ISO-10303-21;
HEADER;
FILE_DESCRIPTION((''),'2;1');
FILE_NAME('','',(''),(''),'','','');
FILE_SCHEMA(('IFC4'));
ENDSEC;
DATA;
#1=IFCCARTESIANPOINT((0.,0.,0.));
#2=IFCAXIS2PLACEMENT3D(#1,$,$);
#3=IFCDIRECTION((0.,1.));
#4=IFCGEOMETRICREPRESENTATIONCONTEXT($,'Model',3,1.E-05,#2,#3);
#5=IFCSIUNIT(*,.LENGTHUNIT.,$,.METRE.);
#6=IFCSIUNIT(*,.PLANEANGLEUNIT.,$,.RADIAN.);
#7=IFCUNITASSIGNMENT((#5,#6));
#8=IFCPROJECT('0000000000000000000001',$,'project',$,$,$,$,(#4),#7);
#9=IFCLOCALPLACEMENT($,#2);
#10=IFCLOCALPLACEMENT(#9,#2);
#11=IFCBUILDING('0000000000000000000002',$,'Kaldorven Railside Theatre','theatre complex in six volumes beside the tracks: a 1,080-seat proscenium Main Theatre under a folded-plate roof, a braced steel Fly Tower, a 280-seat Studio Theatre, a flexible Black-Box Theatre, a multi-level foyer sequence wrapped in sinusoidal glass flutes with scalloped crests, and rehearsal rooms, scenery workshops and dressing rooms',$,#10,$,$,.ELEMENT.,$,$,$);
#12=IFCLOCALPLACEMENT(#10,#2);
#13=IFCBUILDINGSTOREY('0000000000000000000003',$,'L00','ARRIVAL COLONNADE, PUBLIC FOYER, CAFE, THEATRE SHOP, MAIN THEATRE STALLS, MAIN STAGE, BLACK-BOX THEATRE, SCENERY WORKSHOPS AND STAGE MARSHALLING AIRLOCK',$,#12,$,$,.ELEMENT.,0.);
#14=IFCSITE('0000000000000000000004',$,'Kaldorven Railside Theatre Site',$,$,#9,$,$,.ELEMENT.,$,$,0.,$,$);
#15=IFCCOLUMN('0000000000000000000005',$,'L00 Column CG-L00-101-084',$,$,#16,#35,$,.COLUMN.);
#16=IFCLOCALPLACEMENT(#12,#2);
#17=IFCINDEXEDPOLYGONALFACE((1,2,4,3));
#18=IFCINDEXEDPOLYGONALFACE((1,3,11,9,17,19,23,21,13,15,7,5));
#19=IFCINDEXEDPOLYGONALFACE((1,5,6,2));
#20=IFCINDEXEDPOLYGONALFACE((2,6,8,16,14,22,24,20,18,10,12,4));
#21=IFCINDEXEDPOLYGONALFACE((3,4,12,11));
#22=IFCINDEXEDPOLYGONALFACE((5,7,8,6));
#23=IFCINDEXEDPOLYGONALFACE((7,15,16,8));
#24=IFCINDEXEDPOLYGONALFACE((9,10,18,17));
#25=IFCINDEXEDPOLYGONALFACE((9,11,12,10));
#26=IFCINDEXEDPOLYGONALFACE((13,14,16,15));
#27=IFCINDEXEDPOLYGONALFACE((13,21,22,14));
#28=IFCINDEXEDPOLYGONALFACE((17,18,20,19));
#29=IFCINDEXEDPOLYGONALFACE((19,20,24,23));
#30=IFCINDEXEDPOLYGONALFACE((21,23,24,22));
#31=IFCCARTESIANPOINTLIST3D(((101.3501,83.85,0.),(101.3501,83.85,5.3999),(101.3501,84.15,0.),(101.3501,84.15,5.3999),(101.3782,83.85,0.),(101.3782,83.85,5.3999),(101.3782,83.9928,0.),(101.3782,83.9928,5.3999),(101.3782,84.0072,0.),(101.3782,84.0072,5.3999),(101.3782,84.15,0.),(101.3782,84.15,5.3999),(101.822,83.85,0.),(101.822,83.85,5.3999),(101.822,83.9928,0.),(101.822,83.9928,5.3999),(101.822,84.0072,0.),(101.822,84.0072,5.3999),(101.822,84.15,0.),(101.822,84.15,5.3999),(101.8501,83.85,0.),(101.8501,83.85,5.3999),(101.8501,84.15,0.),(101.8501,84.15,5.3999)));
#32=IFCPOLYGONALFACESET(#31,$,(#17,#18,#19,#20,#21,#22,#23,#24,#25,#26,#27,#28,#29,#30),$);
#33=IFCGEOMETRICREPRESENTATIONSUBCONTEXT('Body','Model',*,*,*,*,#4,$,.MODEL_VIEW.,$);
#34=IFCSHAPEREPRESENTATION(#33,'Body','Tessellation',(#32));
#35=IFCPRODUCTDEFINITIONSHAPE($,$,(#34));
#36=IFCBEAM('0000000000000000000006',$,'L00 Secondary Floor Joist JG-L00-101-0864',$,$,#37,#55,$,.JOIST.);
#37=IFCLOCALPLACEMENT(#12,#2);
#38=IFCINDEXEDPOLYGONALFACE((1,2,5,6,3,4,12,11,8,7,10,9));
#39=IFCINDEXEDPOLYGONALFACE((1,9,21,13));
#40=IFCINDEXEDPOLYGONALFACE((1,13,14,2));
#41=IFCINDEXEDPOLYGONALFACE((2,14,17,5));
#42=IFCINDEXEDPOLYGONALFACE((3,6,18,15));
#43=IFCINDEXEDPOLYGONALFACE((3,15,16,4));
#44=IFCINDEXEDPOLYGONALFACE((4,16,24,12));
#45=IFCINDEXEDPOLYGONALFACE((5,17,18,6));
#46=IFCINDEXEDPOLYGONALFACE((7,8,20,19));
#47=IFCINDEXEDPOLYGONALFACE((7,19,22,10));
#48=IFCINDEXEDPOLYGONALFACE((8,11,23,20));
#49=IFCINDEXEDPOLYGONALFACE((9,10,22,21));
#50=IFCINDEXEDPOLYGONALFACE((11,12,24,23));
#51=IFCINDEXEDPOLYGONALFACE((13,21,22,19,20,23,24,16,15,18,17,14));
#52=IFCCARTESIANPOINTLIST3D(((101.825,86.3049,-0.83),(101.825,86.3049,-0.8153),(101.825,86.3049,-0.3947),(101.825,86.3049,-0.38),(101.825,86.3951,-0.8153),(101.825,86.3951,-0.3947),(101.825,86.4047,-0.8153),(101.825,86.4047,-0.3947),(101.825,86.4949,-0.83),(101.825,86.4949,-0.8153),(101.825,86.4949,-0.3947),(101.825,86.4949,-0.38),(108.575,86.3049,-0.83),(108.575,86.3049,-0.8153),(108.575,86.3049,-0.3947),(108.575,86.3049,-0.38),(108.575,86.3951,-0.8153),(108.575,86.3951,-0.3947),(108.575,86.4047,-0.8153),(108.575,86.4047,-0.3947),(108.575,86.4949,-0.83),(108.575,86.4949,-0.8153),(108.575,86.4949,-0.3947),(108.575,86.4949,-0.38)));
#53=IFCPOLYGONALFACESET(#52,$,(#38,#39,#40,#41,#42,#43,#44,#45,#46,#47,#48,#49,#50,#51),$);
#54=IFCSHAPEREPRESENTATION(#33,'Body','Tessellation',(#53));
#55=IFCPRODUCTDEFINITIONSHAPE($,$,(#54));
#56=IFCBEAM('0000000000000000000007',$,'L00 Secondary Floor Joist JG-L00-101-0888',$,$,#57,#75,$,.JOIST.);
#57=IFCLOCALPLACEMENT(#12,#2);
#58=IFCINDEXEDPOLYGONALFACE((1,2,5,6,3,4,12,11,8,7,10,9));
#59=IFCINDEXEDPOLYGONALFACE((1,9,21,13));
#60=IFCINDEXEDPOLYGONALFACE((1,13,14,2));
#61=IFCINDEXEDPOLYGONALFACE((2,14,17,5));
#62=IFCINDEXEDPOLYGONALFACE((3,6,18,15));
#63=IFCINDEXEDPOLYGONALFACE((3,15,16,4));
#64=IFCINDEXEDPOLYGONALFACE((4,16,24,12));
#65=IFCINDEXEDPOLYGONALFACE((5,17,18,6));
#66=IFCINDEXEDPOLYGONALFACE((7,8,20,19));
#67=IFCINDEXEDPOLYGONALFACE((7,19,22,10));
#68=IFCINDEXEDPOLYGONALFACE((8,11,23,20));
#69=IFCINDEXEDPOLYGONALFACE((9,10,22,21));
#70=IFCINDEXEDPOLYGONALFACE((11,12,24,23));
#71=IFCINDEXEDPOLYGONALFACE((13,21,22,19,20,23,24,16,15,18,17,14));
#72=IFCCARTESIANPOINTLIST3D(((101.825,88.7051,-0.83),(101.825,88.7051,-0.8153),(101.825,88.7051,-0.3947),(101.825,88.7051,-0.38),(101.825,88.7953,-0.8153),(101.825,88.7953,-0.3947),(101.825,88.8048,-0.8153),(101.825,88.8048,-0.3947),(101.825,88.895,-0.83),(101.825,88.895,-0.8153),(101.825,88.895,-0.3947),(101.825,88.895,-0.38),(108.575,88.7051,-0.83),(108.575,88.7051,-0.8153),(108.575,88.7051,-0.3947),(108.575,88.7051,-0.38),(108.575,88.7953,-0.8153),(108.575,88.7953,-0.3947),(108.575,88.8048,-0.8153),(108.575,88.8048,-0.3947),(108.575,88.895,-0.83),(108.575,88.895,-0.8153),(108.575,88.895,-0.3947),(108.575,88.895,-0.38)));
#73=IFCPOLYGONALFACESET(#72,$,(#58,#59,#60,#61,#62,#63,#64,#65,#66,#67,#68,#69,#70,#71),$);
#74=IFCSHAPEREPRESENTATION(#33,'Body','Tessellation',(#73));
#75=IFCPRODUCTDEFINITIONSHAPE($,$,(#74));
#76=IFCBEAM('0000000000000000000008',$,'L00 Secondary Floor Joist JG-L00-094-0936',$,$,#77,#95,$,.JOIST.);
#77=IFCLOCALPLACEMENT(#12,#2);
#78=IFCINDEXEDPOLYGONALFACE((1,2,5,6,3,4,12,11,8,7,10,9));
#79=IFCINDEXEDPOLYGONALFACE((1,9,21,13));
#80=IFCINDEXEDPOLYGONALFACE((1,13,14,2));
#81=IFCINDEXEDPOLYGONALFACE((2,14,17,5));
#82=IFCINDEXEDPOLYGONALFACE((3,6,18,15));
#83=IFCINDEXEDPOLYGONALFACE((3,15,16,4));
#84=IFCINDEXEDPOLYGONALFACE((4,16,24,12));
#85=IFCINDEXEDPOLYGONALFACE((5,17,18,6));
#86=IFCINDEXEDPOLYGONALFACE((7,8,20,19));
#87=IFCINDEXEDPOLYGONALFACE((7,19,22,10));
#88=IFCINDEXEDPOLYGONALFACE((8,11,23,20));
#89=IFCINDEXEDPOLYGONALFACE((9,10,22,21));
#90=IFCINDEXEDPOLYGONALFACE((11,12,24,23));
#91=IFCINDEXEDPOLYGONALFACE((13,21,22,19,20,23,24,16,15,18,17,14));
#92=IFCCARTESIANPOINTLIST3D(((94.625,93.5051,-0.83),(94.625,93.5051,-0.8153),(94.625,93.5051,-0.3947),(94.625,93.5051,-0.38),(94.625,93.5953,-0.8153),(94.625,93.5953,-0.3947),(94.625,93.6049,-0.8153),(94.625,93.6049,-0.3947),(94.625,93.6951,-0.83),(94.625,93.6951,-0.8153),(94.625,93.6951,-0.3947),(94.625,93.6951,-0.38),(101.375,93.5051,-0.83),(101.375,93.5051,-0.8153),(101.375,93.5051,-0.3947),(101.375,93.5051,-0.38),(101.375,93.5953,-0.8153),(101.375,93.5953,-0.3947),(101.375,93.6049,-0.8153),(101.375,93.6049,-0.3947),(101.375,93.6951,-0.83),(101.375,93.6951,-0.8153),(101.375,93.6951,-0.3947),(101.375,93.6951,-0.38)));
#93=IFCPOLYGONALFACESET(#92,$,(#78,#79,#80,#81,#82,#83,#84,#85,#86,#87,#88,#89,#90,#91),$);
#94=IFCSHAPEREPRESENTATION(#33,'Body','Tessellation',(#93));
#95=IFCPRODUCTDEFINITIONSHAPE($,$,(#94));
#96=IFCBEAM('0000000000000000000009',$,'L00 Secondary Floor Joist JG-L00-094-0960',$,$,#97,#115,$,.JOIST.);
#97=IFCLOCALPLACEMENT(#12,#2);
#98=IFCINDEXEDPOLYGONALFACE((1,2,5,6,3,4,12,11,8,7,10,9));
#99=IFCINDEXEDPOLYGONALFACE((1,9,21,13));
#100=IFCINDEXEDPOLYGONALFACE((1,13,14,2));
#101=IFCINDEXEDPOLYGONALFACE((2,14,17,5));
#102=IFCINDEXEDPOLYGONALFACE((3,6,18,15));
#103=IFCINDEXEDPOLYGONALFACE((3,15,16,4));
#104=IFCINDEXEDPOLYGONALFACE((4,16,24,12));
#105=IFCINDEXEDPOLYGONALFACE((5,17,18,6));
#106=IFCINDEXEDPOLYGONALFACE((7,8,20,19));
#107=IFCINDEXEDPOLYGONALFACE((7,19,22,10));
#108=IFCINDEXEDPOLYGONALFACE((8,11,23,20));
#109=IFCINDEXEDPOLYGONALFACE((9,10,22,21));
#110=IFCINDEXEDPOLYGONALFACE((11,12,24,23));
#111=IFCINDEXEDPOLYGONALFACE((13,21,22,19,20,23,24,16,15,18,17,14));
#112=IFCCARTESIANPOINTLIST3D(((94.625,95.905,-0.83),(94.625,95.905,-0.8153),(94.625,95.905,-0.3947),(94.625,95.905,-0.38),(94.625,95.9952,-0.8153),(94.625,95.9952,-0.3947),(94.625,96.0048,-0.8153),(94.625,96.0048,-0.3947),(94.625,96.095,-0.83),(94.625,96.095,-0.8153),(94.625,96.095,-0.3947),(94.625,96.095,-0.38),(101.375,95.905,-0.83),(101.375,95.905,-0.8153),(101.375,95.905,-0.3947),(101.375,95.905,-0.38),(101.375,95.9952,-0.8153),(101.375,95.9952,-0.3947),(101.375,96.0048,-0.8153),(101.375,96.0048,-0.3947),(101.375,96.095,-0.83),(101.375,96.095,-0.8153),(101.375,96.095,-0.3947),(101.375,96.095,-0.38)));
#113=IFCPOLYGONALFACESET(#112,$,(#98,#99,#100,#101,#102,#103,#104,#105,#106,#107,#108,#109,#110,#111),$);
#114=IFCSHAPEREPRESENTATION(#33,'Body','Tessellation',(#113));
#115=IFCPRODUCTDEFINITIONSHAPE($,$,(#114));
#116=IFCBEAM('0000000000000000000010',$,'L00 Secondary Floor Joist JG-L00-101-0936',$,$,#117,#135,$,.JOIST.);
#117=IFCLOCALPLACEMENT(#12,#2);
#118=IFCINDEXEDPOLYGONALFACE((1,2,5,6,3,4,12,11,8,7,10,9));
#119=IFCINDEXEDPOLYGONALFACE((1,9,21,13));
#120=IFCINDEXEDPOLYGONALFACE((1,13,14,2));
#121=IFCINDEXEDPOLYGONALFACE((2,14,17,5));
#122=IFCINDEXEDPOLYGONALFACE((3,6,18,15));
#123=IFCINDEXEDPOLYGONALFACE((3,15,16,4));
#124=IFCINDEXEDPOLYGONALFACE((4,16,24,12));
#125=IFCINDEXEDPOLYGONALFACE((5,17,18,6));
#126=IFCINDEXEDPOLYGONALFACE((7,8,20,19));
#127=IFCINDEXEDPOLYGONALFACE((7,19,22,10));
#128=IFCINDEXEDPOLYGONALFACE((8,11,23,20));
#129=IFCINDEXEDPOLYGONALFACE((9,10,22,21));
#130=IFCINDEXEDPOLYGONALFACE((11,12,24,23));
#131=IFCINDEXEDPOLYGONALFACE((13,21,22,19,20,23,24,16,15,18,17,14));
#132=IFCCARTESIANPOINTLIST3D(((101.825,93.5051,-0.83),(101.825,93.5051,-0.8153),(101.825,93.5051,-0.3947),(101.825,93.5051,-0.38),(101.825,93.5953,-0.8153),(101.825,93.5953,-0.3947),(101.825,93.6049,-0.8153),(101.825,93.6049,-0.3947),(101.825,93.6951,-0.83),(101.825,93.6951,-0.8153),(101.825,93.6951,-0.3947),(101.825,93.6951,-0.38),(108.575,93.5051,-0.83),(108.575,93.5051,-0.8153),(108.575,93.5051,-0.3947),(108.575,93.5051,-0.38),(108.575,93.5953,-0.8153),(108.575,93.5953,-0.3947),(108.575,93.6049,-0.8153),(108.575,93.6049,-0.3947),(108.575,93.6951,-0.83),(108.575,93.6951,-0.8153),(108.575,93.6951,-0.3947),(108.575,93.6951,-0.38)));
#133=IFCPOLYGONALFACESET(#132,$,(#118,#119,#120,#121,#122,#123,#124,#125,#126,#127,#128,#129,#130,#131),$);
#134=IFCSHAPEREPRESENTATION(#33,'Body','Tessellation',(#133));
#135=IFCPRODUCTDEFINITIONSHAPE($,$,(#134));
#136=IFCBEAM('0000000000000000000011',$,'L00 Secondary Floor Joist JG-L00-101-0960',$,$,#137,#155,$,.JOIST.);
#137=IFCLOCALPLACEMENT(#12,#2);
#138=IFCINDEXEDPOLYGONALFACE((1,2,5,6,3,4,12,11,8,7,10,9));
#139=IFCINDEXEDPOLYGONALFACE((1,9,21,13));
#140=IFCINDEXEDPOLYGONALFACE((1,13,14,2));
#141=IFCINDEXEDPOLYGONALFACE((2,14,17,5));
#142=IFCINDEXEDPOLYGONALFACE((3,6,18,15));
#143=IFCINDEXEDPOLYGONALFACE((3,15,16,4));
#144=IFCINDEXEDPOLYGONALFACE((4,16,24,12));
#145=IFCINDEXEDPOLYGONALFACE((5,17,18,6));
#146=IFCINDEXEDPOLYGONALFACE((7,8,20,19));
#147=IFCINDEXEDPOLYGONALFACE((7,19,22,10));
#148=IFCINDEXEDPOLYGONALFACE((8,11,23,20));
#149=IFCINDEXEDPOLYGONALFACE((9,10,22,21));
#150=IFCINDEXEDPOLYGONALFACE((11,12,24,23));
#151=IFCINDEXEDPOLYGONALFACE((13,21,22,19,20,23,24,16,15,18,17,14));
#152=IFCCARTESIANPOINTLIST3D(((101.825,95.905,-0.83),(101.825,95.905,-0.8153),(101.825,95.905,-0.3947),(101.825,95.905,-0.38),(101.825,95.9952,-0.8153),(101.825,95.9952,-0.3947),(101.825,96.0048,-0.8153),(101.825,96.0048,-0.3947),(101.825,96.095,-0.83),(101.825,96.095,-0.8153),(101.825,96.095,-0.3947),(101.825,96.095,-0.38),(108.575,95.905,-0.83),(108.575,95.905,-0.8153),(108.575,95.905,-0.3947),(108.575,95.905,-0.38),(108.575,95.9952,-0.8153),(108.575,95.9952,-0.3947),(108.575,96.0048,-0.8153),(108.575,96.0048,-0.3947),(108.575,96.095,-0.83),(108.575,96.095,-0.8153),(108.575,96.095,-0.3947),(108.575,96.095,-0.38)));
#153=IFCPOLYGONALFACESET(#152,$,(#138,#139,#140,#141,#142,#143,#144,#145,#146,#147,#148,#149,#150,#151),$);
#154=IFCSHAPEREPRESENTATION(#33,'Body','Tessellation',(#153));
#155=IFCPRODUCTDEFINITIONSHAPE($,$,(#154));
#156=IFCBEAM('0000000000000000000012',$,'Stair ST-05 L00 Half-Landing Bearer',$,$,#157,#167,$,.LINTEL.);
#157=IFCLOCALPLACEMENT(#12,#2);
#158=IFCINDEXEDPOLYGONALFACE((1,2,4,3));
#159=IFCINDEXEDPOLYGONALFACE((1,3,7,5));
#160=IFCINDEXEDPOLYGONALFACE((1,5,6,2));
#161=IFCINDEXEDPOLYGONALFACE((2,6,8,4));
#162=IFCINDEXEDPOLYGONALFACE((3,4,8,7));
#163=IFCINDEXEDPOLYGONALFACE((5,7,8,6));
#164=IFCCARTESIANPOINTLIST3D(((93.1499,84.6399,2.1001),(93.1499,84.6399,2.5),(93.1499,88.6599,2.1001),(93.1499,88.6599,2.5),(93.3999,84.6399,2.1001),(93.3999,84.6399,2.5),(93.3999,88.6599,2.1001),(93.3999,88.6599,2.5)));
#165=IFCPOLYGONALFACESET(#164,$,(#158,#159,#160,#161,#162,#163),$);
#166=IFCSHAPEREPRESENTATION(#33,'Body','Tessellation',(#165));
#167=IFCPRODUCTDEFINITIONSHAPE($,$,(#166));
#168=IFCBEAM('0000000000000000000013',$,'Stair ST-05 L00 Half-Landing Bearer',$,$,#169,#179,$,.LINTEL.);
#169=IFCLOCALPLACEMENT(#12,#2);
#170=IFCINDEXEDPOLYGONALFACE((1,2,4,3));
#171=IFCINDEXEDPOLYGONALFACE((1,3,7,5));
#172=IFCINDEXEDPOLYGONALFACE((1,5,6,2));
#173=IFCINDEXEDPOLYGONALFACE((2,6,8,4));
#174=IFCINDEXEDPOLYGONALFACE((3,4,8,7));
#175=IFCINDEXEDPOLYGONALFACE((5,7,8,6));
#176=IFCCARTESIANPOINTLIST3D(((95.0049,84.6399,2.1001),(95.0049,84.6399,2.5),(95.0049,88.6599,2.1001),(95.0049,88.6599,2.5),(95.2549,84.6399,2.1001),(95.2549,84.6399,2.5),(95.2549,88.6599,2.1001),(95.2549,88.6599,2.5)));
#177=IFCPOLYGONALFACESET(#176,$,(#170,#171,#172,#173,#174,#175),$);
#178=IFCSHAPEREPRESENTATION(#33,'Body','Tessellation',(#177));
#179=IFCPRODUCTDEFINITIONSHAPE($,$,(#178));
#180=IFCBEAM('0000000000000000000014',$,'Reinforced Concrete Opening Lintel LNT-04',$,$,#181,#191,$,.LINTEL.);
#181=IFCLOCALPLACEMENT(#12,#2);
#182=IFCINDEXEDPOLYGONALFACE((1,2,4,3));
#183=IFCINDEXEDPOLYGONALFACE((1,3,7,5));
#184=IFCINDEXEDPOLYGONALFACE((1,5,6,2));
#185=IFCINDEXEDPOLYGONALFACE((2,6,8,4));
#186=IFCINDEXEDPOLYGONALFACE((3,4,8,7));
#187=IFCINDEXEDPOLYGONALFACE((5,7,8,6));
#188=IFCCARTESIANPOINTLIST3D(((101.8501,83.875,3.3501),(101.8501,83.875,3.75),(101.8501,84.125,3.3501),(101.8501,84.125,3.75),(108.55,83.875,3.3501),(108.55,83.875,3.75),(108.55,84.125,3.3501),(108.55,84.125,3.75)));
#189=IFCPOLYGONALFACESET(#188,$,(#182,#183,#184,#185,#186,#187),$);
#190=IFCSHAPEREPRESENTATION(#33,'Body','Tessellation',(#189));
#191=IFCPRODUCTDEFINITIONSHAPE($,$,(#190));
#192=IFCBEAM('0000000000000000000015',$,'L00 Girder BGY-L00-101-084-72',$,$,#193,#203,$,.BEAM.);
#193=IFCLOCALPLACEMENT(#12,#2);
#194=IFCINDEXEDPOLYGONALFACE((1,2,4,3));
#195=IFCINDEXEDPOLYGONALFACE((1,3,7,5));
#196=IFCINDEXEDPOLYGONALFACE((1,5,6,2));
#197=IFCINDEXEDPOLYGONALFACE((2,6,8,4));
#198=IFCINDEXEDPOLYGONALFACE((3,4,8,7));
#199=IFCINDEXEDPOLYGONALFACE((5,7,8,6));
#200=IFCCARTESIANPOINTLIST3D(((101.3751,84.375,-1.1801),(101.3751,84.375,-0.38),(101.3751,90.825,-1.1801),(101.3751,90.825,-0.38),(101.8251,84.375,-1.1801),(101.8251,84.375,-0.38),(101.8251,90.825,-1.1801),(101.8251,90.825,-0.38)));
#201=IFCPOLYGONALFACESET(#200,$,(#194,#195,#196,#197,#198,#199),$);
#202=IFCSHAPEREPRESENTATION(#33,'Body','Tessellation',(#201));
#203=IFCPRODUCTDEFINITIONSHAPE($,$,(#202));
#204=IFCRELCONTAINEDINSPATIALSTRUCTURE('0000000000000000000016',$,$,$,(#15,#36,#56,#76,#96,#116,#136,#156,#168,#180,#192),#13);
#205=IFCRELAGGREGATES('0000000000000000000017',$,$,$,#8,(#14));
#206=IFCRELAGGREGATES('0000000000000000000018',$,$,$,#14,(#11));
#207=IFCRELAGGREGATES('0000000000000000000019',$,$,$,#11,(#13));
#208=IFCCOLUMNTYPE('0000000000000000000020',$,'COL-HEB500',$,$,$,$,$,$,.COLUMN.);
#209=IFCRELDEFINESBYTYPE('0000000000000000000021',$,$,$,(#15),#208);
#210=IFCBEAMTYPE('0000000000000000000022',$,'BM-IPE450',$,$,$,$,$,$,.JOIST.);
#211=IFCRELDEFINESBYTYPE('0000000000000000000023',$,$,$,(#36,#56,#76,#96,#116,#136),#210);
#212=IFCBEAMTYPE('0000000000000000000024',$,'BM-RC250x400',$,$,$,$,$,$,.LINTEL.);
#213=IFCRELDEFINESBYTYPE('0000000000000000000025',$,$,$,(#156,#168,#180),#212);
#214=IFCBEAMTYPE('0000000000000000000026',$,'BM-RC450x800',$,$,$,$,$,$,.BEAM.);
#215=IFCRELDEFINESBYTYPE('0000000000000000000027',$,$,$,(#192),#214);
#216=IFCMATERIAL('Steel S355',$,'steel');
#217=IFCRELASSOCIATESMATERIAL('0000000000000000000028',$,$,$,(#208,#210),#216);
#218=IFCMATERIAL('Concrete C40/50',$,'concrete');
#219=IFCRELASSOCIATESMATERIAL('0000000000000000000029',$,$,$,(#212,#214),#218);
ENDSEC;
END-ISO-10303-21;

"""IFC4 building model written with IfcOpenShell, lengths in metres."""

from ifc_helpers import new_model, si_unit, direction, frame, origin, origin_2d, place, context, subcontext, project, spatial, rectangle, i_section, extrude, material, material_profile, profile_set, type_object, element, save


model = new_model("IFC4")

# Units and contexts
model_context = context("Model", 3, precision=1e-05, world=origin(), true_north=direction((0.0, 1.0)))
body_context = subcontext(model_context, "Body", "Model", "MODEL_VIEW")
ifc_project = project(units=[si_unit("LENGTHUNIT", "METRE"), si_unit("PLANEANGLEUNIT", "RADIAN")], contexts=[model_context])

# Site, building, storey
site_placement = place(None, origin())
site = spatial("IfcSite", under=ifc_project, at=site_placement, Name="Kaldorven Railside Theatre Site", CompositionType="ELEMENT", RefElevation=0.0)
building_placement = place(site_placement, origin())
building = spatial("IfcBuilding", under=site, at=building_placement, Name="Kaldorven Railside Theatre", Description="theatre complex in six volumes beside the tracks: a 1,080-seat proscenium Main Theatre under a folded-plate roof, a braced steel Fly Tower, a 280-seat Studio Theatre, a flexible Black-Box Theatre, a multi-level foyer sequence wrapped in sinusoidal glass flutes with scalloped crests, and rehearsal rooms, scenery workshops and dressing rooms", CompositionType="ELEMENT")
storey_placement = place(building_placement, origin())
storey = spatial("IfcBuildingStorey", under=building, at=storey_placement, Name="L00", Description="ARRIVAL COLONNADE, PUBLIC FOYER, CAFE, THEATRE SHOP, MAIN THEATRE STALLS, MAIN STAGE, BLACK-BOX THEATRE, SCENERY WORKSHOPS AND STAGE MARSHALLING AIRLOCK", CompositionType="ELEMENT", Elevation=0.0)

# Column
ifc_material_1 = material(Name="Steel S355", Category="steel")
ifc_material_profile_1 = material_profile(ifc_material_1, i_section(OverallWidth=0.3, OverallDepth=0.5, WebThickness=0.0144, FlangeThickness=0.0281, at=origin_2d()), Name="HEB 500")
ifc_profile_set_1 = profile_set([ifc_material_profile_1], Name="Steel S355")
column_type = type_object("IfcColumnType", Name="COL-HEB500", PredefinedType="COLUMN", material=ifc_profile_set_1)
column_placement = place(storey_placement, frame((101.6001, 84.0, 0.0), z_axis=(0.0, 0.0, 1.0), x_axis=(0.0, 1.0, 0.0)))
element("IfcColumn", 1, at=column_placement, inside=storey, type_object=column_type, Name="L00 Column CG-L00-101-084", PredefinedType="COLUMN", context=body_context, shape_type="SweptSolid", body=[
    extrude(i_section(OverallWidth=0.3, OverallDepth=0.5, WebThickness=0.0144, FlangeThickness=0.0281, at=origin_2d()), origin(), (0.0, 0.0, 1.0), 5.3999),
])

# Beams
ifc_material_profile_2 = material_profile(ifc_material_1, i_section(OverallWidth=0.1899, OverallDepth=0.45, WebThickness=0.0095, FlangeThickness=0.0146, at=origin_2d()), Name="IPE 450")
ifc_profile_set_2 = profile_set([ifc_material_profile_2], Name="Steel S355")
beam_type_1 = type_object("IfcBeamType", Name="BM-IPE450", PredefinedType="JOIST", material=ifc_profile_set_2)
for number, where, z_axis, x_axis, name in (
    (2, (101.825, 86.3999, -0.605), (1.0, 0.0, 0.0), (0.0, 1.0, 0.0), "L00 Secondary Floor Joist JG-L00-101-0864"),
    (3, (101.825, 88.8, -0.605), (1.0, 0.0, 0.0), (0.0, 1.0, 0.0), "L00 Secondary Floor Joist JG-L00-101-0888"),
    (4, (94.625, 93.6001, -0.605), (1.0, 0.0, 0.0), (0.0, 1.0, 0.0), "L00 Secondary Floor Joist JG-L00-094-0936"),
    (5, (94.625, 96.0, -0.605), (1.0, 0.0, 0.0), (0.0, 1.0, 0.0), "L00 Secondary Floor Joist JG-L00-094-0960"),
    (6, (101.825, 93.6001, -0.605), (1.0, 0.0, 0.0), (0.0, 1.0, 0.0), "L00 Secondary Floor Joist JG-L00-101-0936"),
    (7, (101.825, 96.0, -0.605), (1.0, 0.0, 0.0), (0.0, 1.0, 0.0), "L00 Secondary Floor Joist JG-L00-101-0960"),
):
    element("IfcBeam", number, at=place(storey_placement, frame(where, z_axis=z_axis, x_axis=x_axis)), inside=storey, type_object=beam_type_1, Name=name, PredefinedType="JOIST", context=body_context, shape_type="SweptSolid", body=[
        extrude(i_section(OverallWidth=0.1899, OverallDepth=0.45, WebThickness=0.0095, FlangeThickness=0.0146, at=origin_2d()), origin(), (0.0, 0.0, 1.0), 6.75),
    ])
ifc_material_2 = material(Name="Concrete C40/50", Category="concrete")
ifc_material_profile_3 = material_profile(ifc_material_2, rectangle(XDim=0.25, YDim=0.3999, at=origin_2d()), Name="RC 250x400")
ifc_profile_set_3 = profile_set([ifc_material_profile_3], Name="Concrete C40/50")
beam_type_2 = type_object("IfcBeamType", Name="BM-RC250x400", PredefinedType="LINTEL", material=ifc_profile_set_3)
for number, where, z_axis, x_axis, name in (
    (8, (93.2749, 84.6399, 2.3), (0.0, 1.0, 0.0), (-1.0, 0.0, 0.0), "Stair ST-05 L00 Half-Landing Bearer"),
    (9, (95.1299, 84.6399, 2.3), (0.0, 1.0, 0.0), (-1.0, 0.0, 0.0), "Stair ST-05 L00 Half-Landing Bearer"),
):
    element("IfcBeam", number, at=place(storey_placement, frame(where, z_axis=z_axis, x_axis=x_axis)), inside=storey, type_object=beam_type_2, Name=name, PredefinedType="LINTEL", context=body_context, shape_type="SweptSolid", body=[
        extrude(rectangle(XDim=0.25, YDim=0.3999, at=origin_2d()), origin(), (0.0, 0.0, 1.0), 4.02),
    ])
beam_1_placement = place(storey_placement, frame((101.8501, 84.0, 3.55), z_axis=(1.0, 0.0, 0.0), x_axis=(0.0, 1.0, 0.0)))
element("IfcBeam", 10, at=beam_1_placement, inside=storey, type_object=beam_type_2, Name="Reinforced Concrete Opening Lintel LNT-04", PredefinedType="LINTEL", context=body_context, shape_type="SweptSolid", body=[
    extrude(rectangle(XDim=0.25, YDim=0.3999, at=origin_2d()), origin(), (0.0, 0.0, 1.0), 6.7),
])
ifc_material_profile_4 = material_profile(ifc_material_2, rectangle(XDim=0.45, YDim=0.8, at=origin_2d()), Name="RC 450x800")
ifc_profile_set_4 = profile_set([ifc_material_profile_4], Name="Concrete C40/50")
beam_type_3 = type_object("IfcBeamType", Name="BM-RC450x800", PredefinedType="BEAM", material=ifc_profile_set_4)
for number, where, z_axis, x_axis, name in (
    (11, (101.6001, 84.375, -0.78), (0.0, 1.0, 0.0), (-1.0, 0.0, 0.0), "L00 Girder BGY-L00-101-084-72"),
):
    element("IfcBeam", number, at=place(storey_placement, frame(where, z_axis=z_axis, x_axis=x_axis)), inside=storey, type_object=beam_type_3, Name=name, PredefinedType="BEAM", context=body_context, shape_type="SweptSolid", body=[
        extrude(rectangle(XDim=0.45, YDim=0.8, at=origin_2d()), origin(), (0.0, 0.0, 1.0), 6.45),
    ])

save(model, "model.ifc")
